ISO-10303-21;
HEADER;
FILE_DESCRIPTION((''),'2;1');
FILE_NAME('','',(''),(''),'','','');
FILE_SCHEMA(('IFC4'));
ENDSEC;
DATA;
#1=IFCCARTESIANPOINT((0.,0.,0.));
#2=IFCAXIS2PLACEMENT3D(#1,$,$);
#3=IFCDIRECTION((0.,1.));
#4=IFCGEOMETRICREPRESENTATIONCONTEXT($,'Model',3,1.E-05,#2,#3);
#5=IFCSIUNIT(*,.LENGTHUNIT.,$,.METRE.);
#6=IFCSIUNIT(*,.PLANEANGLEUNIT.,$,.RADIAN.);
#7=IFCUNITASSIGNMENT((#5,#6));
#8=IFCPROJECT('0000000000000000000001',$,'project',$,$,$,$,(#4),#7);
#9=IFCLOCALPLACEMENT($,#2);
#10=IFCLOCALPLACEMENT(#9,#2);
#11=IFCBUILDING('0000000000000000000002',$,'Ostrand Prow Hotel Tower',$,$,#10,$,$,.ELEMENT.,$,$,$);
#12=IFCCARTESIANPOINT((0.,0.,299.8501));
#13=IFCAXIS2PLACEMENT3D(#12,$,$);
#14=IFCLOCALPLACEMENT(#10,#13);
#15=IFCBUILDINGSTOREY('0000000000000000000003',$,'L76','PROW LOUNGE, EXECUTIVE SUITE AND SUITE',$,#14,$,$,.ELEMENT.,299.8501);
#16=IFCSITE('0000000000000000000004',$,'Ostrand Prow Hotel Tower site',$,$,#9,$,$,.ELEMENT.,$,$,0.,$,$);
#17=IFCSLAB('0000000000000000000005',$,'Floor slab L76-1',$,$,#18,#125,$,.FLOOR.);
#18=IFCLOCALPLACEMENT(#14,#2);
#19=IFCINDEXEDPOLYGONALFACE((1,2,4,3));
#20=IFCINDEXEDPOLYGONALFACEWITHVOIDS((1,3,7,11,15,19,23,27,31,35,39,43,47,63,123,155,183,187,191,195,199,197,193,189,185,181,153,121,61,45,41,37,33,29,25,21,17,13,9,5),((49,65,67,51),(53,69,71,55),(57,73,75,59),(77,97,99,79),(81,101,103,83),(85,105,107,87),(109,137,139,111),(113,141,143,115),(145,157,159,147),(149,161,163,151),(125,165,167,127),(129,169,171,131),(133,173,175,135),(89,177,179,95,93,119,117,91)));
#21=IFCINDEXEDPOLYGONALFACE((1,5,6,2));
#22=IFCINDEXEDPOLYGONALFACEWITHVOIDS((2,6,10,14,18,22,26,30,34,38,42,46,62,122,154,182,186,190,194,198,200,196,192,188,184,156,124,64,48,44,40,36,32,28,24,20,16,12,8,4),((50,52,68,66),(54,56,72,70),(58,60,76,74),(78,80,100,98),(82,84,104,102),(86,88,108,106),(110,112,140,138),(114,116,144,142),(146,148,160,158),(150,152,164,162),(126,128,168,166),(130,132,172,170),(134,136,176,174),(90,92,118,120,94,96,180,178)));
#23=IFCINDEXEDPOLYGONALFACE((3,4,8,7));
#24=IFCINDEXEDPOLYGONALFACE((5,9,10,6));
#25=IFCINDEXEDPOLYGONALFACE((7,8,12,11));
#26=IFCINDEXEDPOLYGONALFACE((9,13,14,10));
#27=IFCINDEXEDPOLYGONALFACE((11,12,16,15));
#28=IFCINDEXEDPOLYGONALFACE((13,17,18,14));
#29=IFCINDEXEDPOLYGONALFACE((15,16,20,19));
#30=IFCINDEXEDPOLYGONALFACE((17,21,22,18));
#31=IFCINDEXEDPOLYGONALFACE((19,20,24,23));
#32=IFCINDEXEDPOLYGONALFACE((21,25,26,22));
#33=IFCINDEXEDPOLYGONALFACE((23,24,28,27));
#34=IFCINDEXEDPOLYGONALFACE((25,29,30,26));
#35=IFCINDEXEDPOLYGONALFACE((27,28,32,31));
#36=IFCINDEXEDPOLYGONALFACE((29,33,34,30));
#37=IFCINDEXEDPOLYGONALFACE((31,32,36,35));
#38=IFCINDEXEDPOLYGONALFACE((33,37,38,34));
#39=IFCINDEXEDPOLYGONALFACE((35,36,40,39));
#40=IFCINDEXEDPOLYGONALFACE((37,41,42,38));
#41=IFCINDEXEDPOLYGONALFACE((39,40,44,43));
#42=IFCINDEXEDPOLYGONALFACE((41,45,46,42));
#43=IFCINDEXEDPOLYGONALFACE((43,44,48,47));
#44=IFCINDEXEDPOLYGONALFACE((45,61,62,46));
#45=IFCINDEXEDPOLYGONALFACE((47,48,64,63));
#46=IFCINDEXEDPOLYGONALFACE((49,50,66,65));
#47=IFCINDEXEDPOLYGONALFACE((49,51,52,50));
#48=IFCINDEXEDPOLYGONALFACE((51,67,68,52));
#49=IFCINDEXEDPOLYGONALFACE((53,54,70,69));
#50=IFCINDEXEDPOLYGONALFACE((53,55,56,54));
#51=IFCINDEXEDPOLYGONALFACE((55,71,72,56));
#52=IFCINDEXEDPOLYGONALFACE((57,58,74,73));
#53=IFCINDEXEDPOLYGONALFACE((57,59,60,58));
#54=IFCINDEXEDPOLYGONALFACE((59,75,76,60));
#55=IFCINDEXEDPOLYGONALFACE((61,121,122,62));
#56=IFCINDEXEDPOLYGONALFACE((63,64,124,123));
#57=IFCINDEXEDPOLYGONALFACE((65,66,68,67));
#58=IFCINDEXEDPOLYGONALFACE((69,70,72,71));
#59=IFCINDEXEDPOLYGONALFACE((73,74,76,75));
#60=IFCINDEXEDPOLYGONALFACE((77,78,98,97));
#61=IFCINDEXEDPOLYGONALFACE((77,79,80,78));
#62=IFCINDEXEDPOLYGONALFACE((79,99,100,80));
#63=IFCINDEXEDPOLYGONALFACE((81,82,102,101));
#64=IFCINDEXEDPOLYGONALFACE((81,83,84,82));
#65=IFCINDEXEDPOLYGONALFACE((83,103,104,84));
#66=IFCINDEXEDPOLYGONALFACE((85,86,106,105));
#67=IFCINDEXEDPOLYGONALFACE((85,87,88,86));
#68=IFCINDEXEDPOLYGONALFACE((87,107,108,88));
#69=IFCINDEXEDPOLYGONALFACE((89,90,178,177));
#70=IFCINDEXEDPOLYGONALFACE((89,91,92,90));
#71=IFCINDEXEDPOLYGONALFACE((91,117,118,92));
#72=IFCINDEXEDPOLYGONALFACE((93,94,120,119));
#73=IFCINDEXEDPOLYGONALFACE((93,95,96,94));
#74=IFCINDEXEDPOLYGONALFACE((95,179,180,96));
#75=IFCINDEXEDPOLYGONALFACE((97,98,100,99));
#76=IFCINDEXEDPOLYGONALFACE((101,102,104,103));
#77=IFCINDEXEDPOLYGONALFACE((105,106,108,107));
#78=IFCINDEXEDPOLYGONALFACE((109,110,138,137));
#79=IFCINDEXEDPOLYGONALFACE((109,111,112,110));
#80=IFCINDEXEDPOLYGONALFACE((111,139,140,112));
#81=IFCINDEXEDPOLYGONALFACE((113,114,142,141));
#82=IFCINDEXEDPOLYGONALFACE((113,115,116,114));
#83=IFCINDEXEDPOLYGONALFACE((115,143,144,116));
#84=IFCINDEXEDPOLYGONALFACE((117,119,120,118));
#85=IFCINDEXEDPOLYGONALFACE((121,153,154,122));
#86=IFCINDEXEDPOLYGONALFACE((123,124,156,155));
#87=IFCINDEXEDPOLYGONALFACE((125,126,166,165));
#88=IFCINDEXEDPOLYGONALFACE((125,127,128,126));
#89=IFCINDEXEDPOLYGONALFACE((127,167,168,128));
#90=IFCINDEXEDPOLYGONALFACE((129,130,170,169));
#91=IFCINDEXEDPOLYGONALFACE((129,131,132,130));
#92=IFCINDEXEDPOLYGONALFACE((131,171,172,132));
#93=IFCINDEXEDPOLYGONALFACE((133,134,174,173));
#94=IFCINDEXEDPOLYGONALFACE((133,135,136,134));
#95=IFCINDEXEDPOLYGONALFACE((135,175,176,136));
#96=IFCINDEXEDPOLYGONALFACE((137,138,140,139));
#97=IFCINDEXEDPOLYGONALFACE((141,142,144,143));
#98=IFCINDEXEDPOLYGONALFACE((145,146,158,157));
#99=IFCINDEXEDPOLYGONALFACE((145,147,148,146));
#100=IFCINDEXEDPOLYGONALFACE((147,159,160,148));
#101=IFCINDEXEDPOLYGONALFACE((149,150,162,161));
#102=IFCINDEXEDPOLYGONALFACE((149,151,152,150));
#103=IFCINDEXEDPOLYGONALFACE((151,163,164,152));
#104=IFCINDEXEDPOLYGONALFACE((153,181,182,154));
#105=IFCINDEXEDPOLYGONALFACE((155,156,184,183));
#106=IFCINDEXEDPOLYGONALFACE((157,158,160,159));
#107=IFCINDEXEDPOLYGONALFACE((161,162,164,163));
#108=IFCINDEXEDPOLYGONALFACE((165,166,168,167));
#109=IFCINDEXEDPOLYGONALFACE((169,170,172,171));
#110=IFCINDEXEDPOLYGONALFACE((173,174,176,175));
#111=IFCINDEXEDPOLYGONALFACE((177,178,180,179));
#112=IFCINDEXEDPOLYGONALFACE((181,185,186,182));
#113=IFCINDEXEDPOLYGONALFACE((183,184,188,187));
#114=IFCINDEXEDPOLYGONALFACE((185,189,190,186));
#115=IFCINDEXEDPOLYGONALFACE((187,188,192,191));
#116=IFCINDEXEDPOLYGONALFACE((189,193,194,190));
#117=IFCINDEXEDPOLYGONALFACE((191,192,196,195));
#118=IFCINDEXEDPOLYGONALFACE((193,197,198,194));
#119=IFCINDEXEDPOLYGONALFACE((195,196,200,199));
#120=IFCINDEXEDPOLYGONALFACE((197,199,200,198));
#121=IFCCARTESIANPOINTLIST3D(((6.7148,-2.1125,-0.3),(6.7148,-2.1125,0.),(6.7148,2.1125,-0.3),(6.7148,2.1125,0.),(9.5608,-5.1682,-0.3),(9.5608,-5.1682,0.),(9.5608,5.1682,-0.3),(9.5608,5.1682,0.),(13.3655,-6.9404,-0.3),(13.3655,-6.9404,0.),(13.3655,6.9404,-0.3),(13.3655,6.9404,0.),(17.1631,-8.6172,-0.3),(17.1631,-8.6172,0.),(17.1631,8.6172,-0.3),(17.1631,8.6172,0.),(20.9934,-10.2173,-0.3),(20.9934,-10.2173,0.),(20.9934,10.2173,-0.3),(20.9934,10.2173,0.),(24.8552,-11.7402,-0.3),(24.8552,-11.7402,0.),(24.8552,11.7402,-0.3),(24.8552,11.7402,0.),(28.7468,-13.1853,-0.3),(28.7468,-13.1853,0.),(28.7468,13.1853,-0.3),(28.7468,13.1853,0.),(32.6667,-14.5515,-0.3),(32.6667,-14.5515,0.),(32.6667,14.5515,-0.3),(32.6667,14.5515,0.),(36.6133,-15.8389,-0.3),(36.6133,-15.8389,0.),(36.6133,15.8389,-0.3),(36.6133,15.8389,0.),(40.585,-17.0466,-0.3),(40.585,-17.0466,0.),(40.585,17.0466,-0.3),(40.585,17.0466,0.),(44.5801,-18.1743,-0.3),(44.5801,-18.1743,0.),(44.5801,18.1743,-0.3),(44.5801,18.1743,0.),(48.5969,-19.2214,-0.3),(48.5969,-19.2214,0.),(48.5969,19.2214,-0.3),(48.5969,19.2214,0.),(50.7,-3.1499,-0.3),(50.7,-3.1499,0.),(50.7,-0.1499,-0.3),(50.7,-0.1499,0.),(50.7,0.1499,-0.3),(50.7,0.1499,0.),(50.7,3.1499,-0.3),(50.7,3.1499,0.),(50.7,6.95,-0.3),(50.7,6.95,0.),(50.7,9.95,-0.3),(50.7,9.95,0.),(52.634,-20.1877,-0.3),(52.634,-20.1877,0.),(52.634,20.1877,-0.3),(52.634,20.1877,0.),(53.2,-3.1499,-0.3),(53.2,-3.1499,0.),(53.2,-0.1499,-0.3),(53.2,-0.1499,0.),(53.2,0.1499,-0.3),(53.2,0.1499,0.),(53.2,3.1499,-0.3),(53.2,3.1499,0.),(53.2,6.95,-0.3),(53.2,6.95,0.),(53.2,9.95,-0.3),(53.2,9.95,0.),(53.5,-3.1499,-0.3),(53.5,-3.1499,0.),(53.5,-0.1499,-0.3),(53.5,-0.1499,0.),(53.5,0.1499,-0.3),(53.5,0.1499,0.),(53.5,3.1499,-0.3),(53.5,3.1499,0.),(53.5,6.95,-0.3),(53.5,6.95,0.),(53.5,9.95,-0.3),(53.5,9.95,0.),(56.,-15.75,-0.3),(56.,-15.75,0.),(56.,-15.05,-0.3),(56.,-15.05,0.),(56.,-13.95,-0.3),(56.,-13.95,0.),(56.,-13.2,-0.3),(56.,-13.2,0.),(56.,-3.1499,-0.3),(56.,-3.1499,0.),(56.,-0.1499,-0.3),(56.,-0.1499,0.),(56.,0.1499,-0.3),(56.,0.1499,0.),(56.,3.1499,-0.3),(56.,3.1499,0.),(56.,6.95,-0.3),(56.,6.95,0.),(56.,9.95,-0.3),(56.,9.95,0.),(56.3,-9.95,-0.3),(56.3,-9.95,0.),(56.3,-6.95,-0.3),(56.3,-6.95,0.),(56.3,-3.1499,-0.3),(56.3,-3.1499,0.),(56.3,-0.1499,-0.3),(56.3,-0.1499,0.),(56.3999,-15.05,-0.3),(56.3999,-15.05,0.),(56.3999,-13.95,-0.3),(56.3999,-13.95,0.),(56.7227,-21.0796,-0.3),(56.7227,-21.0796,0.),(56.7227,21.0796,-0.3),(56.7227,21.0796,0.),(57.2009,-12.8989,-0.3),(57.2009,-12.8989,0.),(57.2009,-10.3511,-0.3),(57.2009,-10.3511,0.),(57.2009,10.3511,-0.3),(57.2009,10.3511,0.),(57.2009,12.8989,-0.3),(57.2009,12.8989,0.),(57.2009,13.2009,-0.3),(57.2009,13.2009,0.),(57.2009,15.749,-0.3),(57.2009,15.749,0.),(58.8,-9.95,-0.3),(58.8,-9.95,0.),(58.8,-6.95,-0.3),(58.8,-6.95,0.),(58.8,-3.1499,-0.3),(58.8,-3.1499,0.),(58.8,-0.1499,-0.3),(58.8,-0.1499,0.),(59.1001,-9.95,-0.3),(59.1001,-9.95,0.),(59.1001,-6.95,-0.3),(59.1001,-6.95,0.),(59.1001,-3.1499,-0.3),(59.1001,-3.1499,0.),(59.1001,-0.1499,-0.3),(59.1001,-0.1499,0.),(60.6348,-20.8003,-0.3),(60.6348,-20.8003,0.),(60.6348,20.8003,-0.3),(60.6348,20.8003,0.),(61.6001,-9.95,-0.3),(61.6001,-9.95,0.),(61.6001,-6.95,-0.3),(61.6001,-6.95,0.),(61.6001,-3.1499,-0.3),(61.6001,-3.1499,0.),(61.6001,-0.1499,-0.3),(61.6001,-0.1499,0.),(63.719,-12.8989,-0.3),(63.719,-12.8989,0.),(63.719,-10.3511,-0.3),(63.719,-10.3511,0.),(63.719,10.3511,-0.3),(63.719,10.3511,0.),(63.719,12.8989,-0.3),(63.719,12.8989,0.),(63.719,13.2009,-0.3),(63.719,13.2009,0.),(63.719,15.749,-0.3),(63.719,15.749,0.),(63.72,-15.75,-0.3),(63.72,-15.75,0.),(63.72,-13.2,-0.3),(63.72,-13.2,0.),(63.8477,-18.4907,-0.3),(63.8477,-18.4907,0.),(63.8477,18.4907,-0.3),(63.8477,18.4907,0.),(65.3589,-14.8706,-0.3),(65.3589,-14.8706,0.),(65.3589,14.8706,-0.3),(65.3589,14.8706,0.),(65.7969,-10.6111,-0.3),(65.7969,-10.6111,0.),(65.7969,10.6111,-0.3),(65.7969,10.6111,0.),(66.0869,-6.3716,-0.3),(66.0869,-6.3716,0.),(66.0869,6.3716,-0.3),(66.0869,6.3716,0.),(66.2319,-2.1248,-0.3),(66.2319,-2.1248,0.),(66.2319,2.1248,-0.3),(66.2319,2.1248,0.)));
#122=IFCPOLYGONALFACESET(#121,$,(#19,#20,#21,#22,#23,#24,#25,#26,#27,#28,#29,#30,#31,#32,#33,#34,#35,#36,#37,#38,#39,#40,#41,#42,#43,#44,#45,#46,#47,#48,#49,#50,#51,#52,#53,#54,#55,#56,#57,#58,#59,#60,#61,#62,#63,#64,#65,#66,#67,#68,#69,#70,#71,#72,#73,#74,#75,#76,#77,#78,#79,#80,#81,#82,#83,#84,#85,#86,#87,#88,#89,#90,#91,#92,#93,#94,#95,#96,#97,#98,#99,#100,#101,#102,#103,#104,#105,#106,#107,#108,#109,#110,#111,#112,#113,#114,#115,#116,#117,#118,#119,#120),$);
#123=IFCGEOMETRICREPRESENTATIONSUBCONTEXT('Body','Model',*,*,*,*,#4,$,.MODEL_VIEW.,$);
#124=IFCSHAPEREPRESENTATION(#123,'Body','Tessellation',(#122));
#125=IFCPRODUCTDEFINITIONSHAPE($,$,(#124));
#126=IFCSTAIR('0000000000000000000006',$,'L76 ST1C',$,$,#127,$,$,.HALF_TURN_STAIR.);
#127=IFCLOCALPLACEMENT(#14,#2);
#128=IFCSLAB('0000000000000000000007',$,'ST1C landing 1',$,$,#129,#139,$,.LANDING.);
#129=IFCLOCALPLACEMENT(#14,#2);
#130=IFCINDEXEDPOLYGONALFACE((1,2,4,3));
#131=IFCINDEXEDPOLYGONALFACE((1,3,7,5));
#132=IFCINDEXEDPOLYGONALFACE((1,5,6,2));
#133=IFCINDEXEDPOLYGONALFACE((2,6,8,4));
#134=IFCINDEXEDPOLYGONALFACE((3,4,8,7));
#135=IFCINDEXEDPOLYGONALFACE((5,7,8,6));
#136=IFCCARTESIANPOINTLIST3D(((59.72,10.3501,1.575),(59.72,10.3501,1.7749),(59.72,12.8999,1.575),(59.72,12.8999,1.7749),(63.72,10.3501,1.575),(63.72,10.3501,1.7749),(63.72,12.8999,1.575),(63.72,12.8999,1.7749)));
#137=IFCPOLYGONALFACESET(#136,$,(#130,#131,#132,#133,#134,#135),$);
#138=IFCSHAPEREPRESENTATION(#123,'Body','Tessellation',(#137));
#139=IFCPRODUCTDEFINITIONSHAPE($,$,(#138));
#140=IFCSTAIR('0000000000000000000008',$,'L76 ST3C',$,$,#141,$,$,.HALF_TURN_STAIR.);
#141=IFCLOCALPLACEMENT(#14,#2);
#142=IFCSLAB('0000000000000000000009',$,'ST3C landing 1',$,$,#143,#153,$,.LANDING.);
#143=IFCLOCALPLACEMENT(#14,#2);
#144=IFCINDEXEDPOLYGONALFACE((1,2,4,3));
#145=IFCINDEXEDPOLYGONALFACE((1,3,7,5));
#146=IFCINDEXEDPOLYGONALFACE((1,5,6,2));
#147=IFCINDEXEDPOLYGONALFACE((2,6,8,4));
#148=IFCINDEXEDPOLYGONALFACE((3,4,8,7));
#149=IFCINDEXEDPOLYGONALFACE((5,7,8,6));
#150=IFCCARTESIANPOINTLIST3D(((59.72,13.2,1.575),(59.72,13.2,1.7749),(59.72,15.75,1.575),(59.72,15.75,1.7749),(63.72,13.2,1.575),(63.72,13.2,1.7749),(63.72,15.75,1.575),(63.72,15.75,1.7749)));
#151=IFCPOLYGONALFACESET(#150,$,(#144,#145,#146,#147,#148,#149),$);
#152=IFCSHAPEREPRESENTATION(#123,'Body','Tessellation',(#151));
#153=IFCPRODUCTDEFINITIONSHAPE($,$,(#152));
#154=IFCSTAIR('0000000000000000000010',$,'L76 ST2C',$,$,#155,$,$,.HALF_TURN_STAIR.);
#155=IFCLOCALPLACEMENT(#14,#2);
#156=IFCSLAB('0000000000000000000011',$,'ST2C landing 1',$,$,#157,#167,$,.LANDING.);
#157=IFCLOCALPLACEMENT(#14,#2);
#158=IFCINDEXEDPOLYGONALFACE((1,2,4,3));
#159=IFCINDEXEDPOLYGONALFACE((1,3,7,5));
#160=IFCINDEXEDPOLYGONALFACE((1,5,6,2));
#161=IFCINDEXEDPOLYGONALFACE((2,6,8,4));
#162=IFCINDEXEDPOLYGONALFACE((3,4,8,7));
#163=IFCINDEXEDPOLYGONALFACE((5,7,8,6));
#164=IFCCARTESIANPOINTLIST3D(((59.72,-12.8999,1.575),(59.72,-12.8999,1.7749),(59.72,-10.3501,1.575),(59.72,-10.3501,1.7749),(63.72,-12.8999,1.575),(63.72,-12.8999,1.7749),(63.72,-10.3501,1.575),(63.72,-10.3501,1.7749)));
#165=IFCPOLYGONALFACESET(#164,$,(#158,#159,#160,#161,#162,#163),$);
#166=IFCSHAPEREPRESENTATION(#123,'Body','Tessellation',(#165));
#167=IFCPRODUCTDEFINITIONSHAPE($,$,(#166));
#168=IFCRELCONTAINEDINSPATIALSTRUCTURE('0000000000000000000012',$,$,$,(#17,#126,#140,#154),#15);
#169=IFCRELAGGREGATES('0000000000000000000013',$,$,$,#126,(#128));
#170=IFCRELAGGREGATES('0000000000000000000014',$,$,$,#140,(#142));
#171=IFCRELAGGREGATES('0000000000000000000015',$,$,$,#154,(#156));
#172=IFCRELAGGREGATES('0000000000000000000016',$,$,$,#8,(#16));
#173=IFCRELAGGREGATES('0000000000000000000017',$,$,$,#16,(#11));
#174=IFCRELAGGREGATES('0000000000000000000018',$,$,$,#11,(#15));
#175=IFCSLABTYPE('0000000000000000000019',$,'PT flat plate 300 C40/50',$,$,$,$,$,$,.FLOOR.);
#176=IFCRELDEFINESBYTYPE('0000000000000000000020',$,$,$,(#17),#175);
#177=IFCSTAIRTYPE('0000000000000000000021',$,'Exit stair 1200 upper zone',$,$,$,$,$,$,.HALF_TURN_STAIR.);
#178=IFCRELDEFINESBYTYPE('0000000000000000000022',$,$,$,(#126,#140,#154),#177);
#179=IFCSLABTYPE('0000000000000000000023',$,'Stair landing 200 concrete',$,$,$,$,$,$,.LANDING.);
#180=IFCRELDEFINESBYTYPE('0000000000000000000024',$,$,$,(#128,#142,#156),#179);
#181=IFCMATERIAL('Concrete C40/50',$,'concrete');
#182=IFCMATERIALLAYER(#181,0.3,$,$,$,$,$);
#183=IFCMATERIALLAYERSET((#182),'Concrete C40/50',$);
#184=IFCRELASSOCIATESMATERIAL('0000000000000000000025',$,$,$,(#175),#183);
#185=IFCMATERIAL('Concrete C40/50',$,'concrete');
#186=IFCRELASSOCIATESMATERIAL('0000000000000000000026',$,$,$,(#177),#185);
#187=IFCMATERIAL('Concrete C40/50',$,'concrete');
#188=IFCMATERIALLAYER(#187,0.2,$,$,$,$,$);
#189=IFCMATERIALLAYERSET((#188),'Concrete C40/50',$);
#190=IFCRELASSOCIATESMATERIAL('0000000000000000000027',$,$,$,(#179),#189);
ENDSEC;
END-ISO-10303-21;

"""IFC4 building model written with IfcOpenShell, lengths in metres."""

from ifc_helpers import new_model, si_unit, direction, frame, origin, place, context, subcontext, project, spatial, polyline, outline, extrude, material, layer, layer_set, type_object, element, aggregate, save


model = new_model("IFC4")

# Units and contexts
model_context = context("Model", 3, precision=1e-05, world=origin(), true_north=direction((0.0, 1.0)))
body_context = subcontext(model_context, "Body", "Model", "MODEL_VIEW")
ifc_project = project(units=[si_unit("LENGTHUNIT", "METRE"), si_unit("PLANEANGLEUNIT", "RADIAN")], contexts=[model_context])

# Site, building, storey
site_placement = place(None, origin())
site = spatial("IfcSite", under=ifc_project, at=site_placement, Name="Ostrand Prow Hotel Tower site", CompositionType="ELEMENT", RefElevation=0.0)
building_placement = place(site_placement, origin())
building = spatial("IfcBuilding", under=site, at=building_placement, Name="Ostrand Prow Hotel Tower", CompositionType="ELEMENT")
storey_placement = place(building_placement, frame((0.0, 0.0, 299.8501)))
storey = spatial("IfcBuildingStorey", under=building, at=storey_placement, Name="L76", Description="PROW LOUNGE, EXECUTIVE SUITE AND SUITE", CompositionType="ELEMENT", Elevation=299.8501)

# Slab, opening
ifc_material_1 = material(Name="Concrete C40/50", Category="concrete")
ifc_layer_1 = layer(ifc_material_1, 0.3)
ifc_layer_set_1 = layer_set([ifc_layer_1], Name="Concrete C40/50")
slab_type_1 = type_object("IfcSlabType", Name="PT flat plate 300 C40/50", PredefinedType="FLOOR", material=ifc_layer_set_1)
slab_1_placement = place(storey_placement, frame((0.0, 0.0, -0.3)))
slab_1 = element("IfcSlab", 1, at=slab_1_placement, inside=storey, type_object=slab_type_1, Name="Floor slab L76-1", PredefinedType="FLOOR", context=body_context, shape_type="SweptSolid", body=[
    extrude(outline(polyline([(9.5608, 5.1682), (13.3655, 6.9404), (17.1631, 8.6172), (20.9934, 10.2173), (24.8552, 11.7402), (28.7468, 13.1853), (32.6667, 14.5515), (36.6133, 15.8389), (40.585, 17.0466), (44.5801, 18.1743), (48.5969, 19.2214), (52.634, 20.1877), (56.7227, 21.0796), (60.6348, 20.8003), (63.8477, 18.4907), (65.3589, 14.8706), (65.7969, 10.6111), (66.0869, 6.3716), (66.2319, 2.1248), (66.2319, -2.1248), (66.0869, -6.3716), (65.7969, -10.6111), (65.3589, -14.8706), (63.8477, -18.4907), (60.6348, -20.8003), (56.7227, -21.0796), (52.634, -20.1877), (48.5969, -19.2214), (44.5801, -18.1743), (40.585, -17.0466), (36.6133, -15.8389), (32.6667, -14.5515), (28.7468, -13.1853), (24.8552, -11.7402), (20.9934, -10.2173), (17.1631, -8.6172), (13.3655, -6.9404), (9.5608, -5.1682), (6.7148, -2.1125), (6.7148, 2.1125), (9.5608, 5.1682)]), holes=[polyline([(50.7, 6.95), (53.2, 6.95), (53.2, 9.95), (50.7, 9.95), (50.7, 6.95)]), polyline([(53.5, 6.95), (56.0, 6.95), (56.0, 9.95), (53.5, 9.95), (53.5, 6.95)]), polyline([(50.7, 0.1499), (53.2, 0.1499), (53.2, 3.1499), (50.7, 3.1499), (50.7, 0.1499)]), polyline([(53.5, 0.1499), (56.0, 0.1499), (56.0, 3.1499), (53.5, 3.1499), (53.5, 0.1499)]), polyline([(50.7, -3.1499), (53.2, -3.1499), (53.2, -0.1499), (50.7, -0.1499), (50.7, -3.1499)]), polyline([(53.5, -3.1499), (56.0, -3.1499), (56.0, -0.1499), (53.5, -0.1499), (53.5, -3.1499)]), polyline([(56.3, -3.1499), (58.8, -3.1499), (58.8, -0.1499), (56.3, -0.1499), (56.3, -3.1499)]), polyline([(59.1001, -3.1499), (61.6001, -3.1499), (61.6001, -0.1499), (59.1001, -0.1499), (59.1001, -3.1499)]), polyline([(56.3, -9.95), (58.8, -9.95), (58.8, -6.95), (56.3, -6.95), (56.3, -9.95)]), polyline([(59.1001, -9.95), (61.6001, -9.95), (61.6001, -6.95), (59.1001, -6.95), (59.1001, -9.95)]), polyline([(57.2009, 10.3511), (57.2009, 12.8989), (63.719, 12.8989), (63.719, 10.3511), (57.2009, 10.3511)]), polyline([(57.2009, 13.2009), (57.2009, 15.749), (63.719, 15.749), (63.719, 13.2009), (57.2009, 13.2009)]), polyline([(57.2009, -12.8989), (57.2009, -10.3511), (63.719, -10.3511), (63.719, -12.8989), (57.2009, -12.8989)]), polyline([(56.0, -13.95), (56.0, -13.2), (63.72, -13.2), (63.72, -15.75), (56.0, -15.75), (56.0, -15.05), (56.3999, -15.05), (56.3999, -13.95), (56.0, -13.95)])]), origin(), (0.0, 0.0, 1.0), 0.3),
])
opening_placement = place(slab_1_placement, origin())
element("IfcOpeningElement", 2, at=opening_placement, cuts=slab_1, PredefinedType="OPENING", context=body_context, shape_type="SweptSolid", body=[
    extrude(outline(polyline([(56.0, -13.95), (56.0, -13.2), (63.72, -13.2), (63.72, -15.75), (56.0, -15.75), (56.0, -15.05), (56.3999, -15.05), (56.3999, -13.95), (56.0, -13.95)])), origin(), (0.0, 0.0, 1.0), 0.3),
])

# Stairs, slabs
ifc_material_2 = material(Name="Concrete C40/50", Category="concrete")
stair_type = type_object("IfcStairType", Name="Exit stair 1200 upper zone", PredefinedType="HALF_TURN_STAIR", material=ifc_material_2)
stair_1_placement = place(storey_placement, origin())
stair_1 = element("IfcStair", 3, at=stair_1_placement, inside=storey, type_object=stair_type, Name="L76 ST1C", PredefinedType="HALF_TURN_STAIR")
ifc_material_3 = material(Name="Concrete C40/50", Category="concrete")
ifc_layer_2 = layer(ifc_material_3, 0.2)
ifc_layer_set_2 = layer_set([ifc_layer_2], Name="Concrete C40/50")
slab_type_2 = type_object("IfcSlabType", Name="Stair landing 200 concrete", PredefinedType="LANDING", material=ifc_layer_set_2)
slab_2_placement = place(storey_placement, frame((0.0, 0.0, 1.575)))
slab_2 = element("IfcSlab", 4, at=slab_2_placement, type_object=slab_type_2, Name="ST1C landing 1", PredefinedType="LANDING", context=body_context, shape_type="SweptSolid", body=[
    extrude(outline(polyline([(59.72, 10.3501), (63.72, 10.3501), (63.72, 12.8999), (59.72, 12.8999), (59.72, 10.3501)])), origin(), (0.0, 0.0, 1.0), 0.2),
])
aggregate(stair_1, [slab_2])
stair_2_placement = place(storey_placement, origin())
stair_2 = element("IfcStair", 5, at=stair_2_placement, inside=storey, type_object=stair_type, Name="L76 ST3C", PredefinedType="HALF_TURN_STAIR")
slab_3_placement = place(storey_placement, frame((0.0, 0.0, 1.575)))
slab_3 = element("IfcSlab", 6, at=slab_3_placement, type_object=slab_type_2, Name="ST3C landing 1", PredefinedType="LANDING", context=body_context, shape_type="SweptSolid", body=[
    extrude(outline(polyline([(59.72, 13.2), (63.72, 13.2), (63.72, 15.75), (59.72, 15.75), (59.72, 13.2)])), origin(), (0.0, 0.0, 1.0), 0.2),
])
aggregate(stair_2, [slab_3])
stair_3_placement = place(storey_placement, origin())
stair_3 = element("IfcStair", 7, at=stair_3_placement, inside=storey, type_object=stair_type, Name="L76 ST2C", PredefinedType="HALF_TURN_STAIR")
slab_4_placement = place(storey_placement, frame((0.0, 0.0, 1.575)))
slab_4 = element("IfcSlab", 8, at=slab_4_placement, type_object=slab_type_2, Name="ST2C landing 1", PredefinedType="LANDING", context=body_context, shape_type="SweptSolid", body=[
    extrude(outline(polyline([(59.72, -12.8999), (63.72, -12.8999), (63.72, -10.3501), (59.72, -10.3501), (59.72, -12.8999)])), origin(), (0.0, 0.0, 1.0), 0.2),
])
aggregate(stair_3, [slab_4])

save(model, "model.ifc")
